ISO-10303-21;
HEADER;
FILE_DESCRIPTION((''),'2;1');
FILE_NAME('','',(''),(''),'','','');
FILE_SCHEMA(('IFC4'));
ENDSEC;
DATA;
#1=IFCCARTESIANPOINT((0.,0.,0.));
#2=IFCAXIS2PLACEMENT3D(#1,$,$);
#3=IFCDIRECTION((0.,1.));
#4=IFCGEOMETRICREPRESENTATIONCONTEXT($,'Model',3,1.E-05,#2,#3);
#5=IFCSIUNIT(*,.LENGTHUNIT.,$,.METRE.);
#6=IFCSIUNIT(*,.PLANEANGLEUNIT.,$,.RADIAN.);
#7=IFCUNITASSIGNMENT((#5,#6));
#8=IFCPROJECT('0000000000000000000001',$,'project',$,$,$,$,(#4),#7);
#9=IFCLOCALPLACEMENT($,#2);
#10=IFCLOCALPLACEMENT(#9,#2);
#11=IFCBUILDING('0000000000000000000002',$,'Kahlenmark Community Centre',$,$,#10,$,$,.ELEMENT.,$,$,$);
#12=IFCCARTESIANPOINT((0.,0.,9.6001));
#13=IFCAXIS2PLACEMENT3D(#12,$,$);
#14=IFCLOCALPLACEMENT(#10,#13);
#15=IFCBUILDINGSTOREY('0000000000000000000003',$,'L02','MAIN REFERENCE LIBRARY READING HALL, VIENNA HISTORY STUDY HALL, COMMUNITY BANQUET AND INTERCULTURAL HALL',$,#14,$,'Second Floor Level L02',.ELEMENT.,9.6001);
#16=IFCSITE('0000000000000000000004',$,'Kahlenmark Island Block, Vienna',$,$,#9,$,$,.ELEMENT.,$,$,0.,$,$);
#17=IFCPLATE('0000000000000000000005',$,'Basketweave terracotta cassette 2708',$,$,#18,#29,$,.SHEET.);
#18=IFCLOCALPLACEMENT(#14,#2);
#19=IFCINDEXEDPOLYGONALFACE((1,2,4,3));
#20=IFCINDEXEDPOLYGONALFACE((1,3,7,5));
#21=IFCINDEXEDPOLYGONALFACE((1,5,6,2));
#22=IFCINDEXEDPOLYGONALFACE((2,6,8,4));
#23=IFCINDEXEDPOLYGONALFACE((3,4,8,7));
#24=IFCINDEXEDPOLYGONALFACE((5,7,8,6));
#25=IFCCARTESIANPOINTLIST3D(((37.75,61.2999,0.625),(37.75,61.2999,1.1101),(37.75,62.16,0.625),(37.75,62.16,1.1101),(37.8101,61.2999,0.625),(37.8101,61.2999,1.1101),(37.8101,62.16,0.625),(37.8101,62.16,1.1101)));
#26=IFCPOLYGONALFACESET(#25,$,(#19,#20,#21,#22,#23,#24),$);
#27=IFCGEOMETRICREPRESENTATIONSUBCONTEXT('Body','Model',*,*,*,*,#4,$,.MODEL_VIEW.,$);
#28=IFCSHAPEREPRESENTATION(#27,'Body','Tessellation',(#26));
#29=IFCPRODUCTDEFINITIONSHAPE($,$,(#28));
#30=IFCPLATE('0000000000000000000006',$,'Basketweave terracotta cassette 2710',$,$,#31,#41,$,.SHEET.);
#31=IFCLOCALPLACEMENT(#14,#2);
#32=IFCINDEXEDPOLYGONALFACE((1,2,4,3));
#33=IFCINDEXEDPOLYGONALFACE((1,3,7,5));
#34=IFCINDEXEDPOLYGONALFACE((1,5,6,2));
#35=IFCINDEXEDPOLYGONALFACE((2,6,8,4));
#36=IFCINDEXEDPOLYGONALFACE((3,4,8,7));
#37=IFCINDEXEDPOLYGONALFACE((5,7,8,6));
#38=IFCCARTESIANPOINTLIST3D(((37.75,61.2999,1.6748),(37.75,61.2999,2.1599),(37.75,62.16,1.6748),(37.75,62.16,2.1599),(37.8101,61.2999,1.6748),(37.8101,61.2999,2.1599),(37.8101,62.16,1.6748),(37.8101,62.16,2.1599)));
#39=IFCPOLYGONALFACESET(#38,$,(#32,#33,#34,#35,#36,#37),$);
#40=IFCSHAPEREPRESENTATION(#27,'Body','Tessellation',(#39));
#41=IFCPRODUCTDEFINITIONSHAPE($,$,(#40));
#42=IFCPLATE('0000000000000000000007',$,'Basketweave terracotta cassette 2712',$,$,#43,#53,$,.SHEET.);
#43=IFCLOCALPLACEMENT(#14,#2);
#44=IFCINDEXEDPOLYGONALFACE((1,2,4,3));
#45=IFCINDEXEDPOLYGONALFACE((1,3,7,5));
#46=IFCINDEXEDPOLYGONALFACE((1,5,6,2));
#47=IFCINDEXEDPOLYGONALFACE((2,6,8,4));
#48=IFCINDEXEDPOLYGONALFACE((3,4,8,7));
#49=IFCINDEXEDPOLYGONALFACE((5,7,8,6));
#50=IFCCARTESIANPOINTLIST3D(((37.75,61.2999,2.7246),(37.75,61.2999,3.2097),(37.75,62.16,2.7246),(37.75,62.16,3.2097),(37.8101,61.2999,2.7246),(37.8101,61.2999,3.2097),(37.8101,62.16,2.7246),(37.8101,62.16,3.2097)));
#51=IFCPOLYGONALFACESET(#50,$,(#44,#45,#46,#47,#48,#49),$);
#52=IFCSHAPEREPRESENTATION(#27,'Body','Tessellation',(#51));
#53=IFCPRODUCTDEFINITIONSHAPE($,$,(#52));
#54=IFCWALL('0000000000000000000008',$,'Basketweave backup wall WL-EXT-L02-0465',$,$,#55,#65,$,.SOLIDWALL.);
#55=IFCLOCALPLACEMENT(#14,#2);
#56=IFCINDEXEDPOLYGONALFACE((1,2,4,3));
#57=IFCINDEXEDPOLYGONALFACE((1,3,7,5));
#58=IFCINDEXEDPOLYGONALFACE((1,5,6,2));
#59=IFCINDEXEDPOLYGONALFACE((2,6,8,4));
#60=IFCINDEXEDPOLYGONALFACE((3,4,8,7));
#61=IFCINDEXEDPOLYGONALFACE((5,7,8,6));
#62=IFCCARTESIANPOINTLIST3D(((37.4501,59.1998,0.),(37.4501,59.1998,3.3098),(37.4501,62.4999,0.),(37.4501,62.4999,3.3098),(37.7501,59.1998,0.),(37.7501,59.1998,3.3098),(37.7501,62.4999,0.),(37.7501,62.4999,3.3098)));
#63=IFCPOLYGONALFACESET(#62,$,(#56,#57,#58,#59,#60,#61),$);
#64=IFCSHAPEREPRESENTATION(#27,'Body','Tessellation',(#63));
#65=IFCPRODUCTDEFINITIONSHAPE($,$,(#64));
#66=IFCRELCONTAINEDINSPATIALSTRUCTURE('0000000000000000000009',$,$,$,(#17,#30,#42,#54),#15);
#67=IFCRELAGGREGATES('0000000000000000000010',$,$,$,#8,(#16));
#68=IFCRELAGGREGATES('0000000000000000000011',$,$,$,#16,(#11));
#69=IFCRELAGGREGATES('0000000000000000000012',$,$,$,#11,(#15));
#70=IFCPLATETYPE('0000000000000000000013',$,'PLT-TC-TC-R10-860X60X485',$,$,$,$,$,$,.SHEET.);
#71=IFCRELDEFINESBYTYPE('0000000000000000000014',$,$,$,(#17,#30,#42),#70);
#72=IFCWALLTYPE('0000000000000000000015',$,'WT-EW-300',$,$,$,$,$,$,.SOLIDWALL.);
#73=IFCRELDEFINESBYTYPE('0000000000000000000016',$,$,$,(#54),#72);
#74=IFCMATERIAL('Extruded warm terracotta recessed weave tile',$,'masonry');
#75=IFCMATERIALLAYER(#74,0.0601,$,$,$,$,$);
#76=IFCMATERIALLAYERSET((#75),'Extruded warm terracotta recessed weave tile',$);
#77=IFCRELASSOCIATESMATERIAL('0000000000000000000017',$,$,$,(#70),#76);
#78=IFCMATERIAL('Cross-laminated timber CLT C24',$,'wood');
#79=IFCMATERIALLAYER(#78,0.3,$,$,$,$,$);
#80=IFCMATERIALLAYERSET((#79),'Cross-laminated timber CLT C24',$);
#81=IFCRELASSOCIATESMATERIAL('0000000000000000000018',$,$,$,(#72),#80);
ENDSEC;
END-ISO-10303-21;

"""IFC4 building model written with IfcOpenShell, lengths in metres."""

from ifc_helpers import new_model, si_unit, direction, frame, frame_2d, origin, origin_2d, place, context, subcontext, project, spatial, rectangle, extrude, material, layer, layer_set, type_object, element, save


model = new_model("IFC4")

# Units and contexts
model_context = context("Model", 3, precision=1e-05, world=origin(), true_north=direction((0.0, 1.0)))
body_context = subcontext(model_context, "Body", "Model", "MODEL_VIEW")
ifc_project = project(units=[si_unit("LENGTHUNIT", "METRE"), si_unit("PLANEANGLEUNIT", "RADIAN")], contexts=[model_context])

# Site, building, storey
site_placement = place(None, origin())
site = spatial("IfcSite", under=ifc_project, at=site_placement, Name="Kahlenmark Island Block, Vienna", CompositionType="ELEMENT", RefElevation=0.0)
building_placement = place(site_placement, origin())
building = spatial("IfcBuilding", under=site, at=building_placement, Name="Kahlenmark Community Centre", CompositionType="ELEMENT")
storey_placement = place(building_placement, frame((0.0, 0.0, 9.6001)))
storey = spatial("IfcBuildingStorey", under=building, at=storey_placement, Name="L02", Description="MAIN REFERENCE LIBRARY READING HALL, VIENNA HISTORY STUDY HALL, COMMUNITY BANQUET AND INTERCULTURAL HALL", LongName="Second Floor Level L02", CompositionType="ELEMENT", Elevation=9.6001)

# Plates
ifc_material_1 = material(Name="Extruded warm terracotta recessed weave tile", Category="masonry")
ifc_layer_1 = layer(ifc_material_1, 0.0601)
ifc_layer_set_1 = layer_set([ifc_layer_1], Name="Extruded warm terracotta recessed weave tile")
plate_type_1 = type_object("IfcPlateType", Name="PLT-TC-TC-R10-860X60X485", PredefinedType="SHEET", material=ifc_layer_set_1)
for number, where, z_axis, x_axis, name in (
    (1, (37.78, 61.73, 0.625), (0.0, 0.0, 1.0), (0.0, 1.0, 0.0), "Basketweave terracotta cassette 2708"),
    (2, (37.78, 61.73, 1.6748), (0.0, 0.0, 1.0), (0.0, 1.0, 0.0), "Basketweave terracotta cassette 2710"),
    (3, (37.78, 61.73, 2.7246), (0.0, 0.0, 1.0), (0.0, 1.0, 0.0), "Basketweave terracotta cassette 2712"),
):
    element("IfcPlate", number, at=place(storey_placement, frame(where, z_axis=z_axis, x_axis=x_axis)), inside=storey, type_object=plate_type_1, Name=name, PredefinedType="SHEET", context=body_context, shape_type="SweptSolid", body=[
        extrude(rectangle(XDim=0.8601, YDim=0.0601, at=origin_2d()), origin(), (0.0, 0.0, 1.0), 0.4851),
    ])

# Wall
ifc_material_2 = material(Name="Cross-laminated timber CLT C24", Category="wood")
ifc_layer_2 = layer(ifc_material_2, 0.3)
ifc_layer_set_2 = layer_set([ifc_layer_2], Name="Cross-laminated timber CLT C24")
wall_type = type_object("IfcWallType", Name="WT-EW-300", PredefinedType="SOLIDWALL", material=ifc_layer_set_2)
wall_placement = place(storey_placement, frame((37.6001, 59.2, 0.0), z_axis=(0.0, 0.0, 1.0), x_axis=(0.0, 1.0, 0.0)))
element("IfcWall", 4, at=wall_placement, inside=storey, type_object=wall_type, Name="Basketweave backup wall WL-EXT-L02-0465", PredefinedType="SOLIDWALL", context=body_context, shape_type="SweptSolid", body=[
    extrude(rectangle(XDim=3.3, YDim=0.3, at=frame_2d((1.6499, 0.0))), origin(), (0.0, 0.0, 1.0), 3.3098),
])

save(model, "model.ifc")
